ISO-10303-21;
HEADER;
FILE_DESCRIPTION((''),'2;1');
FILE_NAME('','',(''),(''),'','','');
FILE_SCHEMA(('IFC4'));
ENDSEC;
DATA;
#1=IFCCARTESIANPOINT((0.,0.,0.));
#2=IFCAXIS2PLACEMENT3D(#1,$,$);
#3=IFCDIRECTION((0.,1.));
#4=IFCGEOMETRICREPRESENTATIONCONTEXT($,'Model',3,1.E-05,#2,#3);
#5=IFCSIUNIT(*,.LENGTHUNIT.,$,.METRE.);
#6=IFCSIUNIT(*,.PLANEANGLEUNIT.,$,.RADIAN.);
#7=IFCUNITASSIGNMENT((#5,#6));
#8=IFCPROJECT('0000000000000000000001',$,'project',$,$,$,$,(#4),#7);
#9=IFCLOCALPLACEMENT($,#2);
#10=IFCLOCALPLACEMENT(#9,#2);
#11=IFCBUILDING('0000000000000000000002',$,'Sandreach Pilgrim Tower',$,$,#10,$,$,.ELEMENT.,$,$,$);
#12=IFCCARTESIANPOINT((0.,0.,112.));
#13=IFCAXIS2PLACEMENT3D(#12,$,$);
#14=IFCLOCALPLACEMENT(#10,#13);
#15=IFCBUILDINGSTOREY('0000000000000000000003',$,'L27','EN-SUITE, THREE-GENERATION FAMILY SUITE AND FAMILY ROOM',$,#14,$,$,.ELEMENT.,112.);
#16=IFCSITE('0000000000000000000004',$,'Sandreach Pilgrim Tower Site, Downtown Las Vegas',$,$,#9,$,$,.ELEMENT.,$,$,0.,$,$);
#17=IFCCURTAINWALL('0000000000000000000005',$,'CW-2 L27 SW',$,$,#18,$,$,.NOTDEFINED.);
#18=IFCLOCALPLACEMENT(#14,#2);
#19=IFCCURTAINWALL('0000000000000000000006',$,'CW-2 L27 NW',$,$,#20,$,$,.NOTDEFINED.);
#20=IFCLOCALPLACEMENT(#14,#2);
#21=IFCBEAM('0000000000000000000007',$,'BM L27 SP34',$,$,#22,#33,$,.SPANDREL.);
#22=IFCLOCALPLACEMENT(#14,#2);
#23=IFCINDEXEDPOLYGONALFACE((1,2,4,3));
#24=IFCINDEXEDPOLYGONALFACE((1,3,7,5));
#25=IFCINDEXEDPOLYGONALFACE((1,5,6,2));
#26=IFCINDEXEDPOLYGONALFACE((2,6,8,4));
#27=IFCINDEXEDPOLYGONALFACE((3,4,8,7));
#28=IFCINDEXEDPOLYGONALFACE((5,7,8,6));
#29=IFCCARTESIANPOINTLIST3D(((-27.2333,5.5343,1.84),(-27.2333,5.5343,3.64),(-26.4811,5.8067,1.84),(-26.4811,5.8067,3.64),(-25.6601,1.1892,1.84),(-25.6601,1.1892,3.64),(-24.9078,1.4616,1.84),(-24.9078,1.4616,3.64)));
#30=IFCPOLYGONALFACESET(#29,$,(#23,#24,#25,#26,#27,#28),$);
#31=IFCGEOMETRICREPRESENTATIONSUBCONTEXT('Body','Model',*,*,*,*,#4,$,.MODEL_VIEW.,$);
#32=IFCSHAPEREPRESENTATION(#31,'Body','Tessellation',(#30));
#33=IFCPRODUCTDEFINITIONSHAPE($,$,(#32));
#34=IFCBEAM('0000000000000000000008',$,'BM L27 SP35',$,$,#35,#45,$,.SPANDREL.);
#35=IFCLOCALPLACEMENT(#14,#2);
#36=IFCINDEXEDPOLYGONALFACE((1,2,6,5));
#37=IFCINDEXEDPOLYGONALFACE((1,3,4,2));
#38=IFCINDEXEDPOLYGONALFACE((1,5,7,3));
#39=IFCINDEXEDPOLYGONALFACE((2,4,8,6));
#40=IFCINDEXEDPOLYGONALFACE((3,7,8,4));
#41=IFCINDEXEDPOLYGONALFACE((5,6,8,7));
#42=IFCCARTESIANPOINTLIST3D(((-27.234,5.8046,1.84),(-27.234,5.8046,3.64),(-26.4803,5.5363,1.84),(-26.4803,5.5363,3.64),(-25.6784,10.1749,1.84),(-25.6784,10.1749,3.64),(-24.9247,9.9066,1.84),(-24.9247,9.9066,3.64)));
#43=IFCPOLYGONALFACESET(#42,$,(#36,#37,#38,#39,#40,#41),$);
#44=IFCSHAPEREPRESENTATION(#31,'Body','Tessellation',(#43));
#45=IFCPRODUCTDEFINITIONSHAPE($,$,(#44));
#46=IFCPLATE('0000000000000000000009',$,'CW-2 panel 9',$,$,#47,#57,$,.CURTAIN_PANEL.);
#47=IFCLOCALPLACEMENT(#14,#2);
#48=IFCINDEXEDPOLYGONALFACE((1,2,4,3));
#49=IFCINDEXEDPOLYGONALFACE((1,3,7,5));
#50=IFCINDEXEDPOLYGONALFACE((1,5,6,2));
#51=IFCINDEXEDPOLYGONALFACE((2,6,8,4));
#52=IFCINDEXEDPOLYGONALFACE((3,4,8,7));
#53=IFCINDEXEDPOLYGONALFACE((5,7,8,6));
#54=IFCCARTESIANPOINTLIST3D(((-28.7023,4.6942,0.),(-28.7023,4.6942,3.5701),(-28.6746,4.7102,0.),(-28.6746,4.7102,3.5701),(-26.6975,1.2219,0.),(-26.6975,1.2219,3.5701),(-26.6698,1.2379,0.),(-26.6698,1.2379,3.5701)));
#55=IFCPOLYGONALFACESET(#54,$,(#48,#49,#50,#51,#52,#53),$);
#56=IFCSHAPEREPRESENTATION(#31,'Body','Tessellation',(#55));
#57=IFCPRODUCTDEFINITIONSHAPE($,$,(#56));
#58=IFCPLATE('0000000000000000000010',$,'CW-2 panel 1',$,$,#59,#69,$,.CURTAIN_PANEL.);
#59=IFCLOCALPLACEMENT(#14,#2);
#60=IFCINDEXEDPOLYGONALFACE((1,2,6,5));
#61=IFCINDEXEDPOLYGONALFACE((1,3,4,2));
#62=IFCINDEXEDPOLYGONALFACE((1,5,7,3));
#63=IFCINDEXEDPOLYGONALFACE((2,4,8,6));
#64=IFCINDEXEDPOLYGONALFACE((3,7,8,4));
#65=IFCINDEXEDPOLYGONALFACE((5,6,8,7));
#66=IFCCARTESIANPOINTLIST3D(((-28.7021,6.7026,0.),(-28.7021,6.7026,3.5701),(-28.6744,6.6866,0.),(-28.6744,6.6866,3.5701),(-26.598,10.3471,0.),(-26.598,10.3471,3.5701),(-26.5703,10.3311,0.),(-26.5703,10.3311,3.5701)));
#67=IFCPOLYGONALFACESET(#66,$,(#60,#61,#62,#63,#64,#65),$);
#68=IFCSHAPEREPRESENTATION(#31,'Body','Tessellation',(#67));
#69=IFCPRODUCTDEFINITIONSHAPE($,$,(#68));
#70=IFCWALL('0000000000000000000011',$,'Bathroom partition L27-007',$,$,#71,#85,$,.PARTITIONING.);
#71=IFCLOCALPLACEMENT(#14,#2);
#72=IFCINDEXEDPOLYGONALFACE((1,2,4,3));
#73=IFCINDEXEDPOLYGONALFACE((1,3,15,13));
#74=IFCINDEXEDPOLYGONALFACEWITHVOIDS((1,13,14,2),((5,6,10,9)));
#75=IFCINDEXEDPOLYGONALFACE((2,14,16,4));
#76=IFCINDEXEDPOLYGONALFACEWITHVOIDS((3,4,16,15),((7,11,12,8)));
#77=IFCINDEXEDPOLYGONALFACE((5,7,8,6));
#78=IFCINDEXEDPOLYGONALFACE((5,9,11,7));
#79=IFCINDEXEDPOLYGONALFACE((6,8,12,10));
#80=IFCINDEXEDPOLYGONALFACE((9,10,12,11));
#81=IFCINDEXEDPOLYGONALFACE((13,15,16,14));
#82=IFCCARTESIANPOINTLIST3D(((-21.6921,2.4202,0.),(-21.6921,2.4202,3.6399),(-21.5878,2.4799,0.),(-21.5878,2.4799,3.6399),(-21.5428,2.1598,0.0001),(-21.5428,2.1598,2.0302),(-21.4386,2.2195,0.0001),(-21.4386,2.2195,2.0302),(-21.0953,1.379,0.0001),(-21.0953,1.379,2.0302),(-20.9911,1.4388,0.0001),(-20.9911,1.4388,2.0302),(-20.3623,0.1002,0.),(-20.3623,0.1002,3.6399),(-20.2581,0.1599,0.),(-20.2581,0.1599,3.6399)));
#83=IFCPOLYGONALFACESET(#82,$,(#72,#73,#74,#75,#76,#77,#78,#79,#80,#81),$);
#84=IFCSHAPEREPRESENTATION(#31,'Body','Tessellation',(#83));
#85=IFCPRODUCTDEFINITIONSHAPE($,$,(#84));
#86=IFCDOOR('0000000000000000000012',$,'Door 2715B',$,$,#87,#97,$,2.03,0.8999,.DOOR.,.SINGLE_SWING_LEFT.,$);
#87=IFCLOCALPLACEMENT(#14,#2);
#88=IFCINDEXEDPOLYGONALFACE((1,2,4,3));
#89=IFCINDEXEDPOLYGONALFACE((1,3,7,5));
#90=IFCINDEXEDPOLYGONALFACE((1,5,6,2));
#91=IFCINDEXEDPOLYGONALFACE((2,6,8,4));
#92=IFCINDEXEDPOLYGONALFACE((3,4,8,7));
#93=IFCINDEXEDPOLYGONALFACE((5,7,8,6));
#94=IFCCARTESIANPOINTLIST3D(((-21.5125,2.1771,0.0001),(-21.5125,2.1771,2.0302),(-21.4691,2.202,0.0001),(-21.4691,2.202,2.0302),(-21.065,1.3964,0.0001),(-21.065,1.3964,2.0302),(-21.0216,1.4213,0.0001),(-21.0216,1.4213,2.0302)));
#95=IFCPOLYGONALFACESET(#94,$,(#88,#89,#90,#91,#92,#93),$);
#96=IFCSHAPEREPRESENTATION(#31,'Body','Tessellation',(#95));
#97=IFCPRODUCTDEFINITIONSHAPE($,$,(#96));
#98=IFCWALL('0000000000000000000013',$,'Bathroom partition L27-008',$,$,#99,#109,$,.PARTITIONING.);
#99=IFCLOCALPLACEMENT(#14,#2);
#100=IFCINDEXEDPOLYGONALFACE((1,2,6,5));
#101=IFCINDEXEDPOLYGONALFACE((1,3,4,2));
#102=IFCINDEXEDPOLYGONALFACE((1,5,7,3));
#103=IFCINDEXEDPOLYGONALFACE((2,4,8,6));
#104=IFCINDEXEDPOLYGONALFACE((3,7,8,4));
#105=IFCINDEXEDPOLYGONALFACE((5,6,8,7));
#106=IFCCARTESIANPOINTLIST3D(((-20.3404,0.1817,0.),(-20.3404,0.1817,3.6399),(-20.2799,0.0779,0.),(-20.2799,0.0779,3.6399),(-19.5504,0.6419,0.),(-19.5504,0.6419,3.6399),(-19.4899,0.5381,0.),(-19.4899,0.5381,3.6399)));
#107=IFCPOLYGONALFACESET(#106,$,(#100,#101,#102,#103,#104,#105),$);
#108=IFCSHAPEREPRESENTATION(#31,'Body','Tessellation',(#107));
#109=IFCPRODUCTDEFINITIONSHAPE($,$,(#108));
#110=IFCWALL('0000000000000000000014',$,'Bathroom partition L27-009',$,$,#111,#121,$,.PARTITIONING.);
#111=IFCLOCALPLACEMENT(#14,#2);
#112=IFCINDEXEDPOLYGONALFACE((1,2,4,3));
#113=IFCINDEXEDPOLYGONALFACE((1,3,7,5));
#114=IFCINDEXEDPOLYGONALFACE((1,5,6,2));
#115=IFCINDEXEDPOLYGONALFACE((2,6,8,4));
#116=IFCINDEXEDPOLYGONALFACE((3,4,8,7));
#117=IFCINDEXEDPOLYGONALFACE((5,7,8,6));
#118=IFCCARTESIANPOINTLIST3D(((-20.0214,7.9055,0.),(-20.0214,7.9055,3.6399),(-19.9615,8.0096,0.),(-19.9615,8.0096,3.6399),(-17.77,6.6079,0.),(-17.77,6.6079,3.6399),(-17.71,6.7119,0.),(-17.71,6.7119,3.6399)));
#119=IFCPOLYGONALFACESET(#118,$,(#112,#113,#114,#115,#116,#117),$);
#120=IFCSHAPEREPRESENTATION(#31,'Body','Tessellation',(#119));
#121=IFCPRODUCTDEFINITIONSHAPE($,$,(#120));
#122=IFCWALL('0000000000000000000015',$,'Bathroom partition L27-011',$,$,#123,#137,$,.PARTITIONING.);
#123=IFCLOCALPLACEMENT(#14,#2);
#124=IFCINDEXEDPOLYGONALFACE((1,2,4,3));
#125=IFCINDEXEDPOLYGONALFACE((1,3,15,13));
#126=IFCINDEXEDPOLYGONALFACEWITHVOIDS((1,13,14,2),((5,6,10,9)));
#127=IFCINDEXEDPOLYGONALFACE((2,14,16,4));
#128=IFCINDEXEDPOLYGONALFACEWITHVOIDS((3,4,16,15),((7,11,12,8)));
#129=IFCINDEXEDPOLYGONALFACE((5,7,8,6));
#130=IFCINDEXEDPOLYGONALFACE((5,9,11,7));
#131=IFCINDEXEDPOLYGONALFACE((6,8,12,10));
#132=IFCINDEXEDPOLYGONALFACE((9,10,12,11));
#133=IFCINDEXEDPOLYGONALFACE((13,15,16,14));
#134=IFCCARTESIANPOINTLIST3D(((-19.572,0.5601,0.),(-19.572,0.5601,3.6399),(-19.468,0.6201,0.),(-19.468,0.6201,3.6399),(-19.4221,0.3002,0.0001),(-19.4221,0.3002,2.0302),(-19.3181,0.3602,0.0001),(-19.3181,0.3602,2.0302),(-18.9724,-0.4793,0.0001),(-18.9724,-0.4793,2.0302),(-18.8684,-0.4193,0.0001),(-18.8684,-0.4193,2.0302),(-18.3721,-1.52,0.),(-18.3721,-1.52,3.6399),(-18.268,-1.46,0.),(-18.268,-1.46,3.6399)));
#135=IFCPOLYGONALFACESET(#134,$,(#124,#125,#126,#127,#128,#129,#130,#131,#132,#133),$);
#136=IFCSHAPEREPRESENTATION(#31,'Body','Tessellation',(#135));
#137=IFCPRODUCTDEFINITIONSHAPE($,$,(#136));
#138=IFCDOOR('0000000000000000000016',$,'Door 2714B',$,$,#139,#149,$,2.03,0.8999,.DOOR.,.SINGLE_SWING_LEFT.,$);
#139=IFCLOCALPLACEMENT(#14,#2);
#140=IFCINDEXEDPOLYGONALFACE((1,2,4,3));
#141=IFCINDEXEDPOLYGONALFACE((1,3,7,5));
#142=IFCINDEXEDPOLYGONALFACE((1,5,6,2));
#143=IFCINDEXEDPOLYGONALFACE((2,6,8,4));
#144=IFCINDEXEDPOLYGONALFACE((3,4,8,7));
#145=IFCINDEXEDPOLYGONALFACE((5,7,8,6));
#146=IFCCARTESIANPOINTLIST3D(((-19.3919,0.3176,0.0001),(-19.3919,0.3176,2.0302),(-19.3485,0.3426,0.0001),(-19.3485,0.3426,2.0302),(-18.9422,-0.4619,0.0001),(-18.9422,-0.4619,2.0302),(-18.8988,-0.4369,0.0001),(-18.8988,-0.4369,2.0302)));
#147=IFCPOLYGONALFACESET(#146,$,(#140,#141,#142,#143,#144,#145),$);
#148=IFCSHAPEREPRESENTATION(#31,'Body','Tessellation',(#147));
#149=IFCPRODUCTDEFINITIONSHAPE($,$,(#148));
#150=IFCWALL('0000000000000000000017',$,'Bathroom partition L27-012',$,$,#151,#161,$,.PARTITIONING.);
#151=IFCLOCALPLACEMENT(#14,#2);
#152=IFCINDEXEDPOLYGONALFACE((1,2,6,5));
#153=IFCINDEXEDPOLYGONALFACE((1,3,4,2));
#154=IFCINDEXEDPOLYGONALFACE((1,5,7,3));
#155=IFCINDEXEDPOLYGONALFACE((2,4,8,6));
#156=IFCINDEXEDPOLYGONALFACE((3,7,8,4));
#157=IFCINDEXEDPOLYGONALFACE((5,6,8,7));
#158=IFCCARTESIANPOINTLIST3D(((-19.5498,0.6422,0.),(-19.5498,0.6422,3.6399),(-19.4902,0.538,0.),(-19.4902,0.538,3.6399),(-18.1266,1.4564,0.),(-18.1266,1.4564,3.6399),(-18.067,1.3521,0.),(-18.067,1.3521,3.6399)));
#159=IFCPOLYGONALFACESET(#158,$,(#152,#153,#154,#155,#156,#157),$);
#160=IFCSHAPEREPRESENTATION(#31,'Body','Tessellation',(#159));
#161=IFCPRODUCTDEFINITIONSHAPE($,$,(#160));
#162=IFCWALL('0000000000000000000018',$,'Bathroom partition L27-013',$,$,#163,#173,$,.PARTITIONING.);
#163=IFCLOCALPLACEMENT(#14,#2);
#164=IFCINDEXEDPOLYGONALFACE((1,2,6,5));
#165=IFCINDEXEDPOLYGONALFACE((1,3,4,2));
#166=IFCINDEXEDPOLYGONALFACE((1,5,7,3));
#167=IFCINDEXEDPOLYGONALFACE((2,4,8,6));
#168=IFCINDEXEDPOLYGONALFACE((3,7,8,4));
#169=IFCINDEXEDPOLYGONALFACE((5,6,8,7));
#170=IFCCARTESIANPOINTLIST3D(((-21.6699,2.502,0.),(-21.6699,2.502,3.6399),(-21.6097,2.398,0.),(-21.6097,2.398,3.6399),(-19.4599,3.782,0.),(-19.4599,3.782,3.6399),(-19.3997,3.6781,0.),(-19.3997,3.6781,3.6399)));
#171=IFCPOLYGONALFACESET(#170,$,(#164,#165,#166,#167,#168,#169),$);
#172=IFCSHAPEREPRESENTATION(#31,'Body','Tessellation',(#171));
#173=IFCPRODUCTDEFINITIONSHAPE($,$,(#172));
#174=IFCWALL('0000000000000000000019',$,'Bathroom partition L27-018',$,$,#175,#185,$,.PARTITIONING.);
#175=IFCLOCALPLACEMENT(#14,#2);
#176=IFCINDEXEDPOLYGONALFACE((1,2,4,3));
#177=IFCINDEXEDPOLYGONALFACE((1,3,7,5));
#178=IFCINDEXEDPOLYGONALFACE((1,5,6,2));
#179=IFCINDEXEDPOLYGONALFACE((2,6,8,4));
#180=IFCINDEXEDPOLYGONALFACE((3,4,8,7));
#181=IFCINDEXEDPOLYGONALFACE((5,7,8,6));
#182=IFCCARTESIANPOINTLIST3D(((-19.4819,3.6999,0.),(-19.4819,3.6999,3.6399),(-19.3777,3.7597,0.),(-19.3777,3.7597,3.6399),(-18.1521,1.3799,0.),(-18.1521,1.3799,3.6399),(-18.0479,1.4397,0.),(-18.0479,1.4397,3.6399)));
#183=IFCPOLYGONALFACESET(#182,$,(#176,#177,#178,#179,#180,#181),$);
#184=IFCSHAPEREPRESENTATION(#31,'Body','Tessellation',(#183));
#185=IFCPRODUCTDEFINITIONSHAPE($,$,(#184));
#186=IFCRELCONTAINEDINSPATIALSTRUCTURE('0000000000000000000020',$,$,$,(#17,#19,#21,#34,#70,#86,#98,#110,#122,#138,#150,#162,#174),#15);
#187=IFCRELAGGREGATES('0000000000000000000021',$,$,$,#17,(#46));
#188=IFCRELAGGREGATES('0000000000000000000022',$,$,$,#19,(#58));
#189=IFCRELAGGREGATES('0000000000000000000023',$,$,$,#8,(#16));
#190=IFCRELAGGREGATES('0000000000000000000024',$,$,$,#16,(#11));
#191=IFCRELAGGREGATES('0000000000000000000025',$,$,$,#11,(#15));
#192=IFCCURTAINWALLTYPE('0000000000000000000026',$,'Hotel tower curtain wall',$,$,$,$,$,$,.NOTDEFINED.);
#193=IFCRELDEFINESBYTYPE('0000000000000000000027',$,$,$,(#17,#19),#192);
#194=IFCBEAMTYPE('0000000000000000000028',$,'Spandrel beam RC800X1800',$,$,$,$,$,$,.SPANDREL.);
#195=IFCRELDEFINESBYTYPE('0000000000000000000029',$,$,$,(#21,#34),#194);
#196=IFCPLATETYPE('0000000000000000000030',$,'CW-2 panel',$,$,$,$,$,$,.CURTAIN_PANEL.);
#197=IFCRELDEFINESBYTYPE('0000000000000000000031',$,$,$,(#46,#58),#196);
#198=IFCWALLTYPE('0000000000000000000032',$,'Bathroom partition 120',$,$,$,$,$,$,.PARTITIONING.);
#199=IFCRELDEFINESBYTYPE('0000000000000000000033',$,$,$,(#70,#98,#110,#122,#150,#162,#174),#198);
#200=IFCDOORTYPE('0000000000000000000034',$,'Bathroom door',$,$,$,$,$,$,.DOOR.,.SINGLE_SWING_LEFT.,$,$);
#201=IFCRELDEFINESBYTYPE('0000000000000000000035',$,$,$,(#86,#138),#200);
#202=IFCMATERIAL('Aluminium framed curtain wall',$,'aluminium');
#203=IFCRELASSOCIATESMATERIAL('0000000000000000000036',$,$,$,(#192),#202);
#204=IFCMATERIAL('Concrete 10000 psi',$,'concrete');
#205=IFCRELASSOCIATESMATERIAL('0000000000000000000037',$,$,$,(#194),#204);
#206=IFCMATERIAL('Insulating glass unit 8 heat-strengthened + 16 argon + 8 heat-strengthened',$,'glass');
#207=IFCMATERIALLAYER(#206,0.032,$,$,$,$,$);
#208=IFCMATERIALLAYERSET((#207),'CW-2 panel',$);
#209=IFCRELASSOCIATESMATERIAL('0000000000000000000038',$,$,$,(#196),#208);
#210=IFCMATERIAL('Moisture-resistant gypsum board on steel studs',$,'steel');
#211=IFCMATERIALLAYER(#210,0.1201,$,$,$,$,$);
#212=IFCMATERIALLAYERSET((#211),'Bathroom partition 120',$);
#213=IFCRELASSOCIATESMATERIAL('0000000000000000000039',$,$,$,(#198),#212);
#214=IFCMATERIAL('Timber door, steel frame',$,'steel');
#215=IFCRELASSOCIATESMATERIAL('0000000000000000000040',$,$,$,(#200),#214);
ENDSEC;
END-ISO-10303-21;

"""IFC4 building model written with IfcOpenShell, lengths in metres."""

from ifc_helpers import new_model, si_unit, direction, frame, frame_2d, origin, origin_2d, place, context, subcontext, project, spatial, rectangle, extrude, material, layer, layer_set, material_profile, profile_set, type_object, element, fill, aggregate, save


model = new_model("IFC4")

# Units and contexts
model_context = context("Model", 3, precision=1e-05, world=origin(), true_north=direction((0.0, 1.0)))
body_context = subcontext(model_context, "Body", "Model", "MODEL_VIEW")
ifc_project = project(units=[si_unit("LENGTHUNIT", "METRE"), si_unit("PLANEANGLEUNIT", "RADIAN")], contexts=[model_context])

# Site, building, storey
site_placement = place(None, origin())
site = spatial("IfcSite", under=ifc_project, at=site_placement, Name="Sandreach Pilgrim Tower Site, Downtown Las Vegas", CompositionType="ELEMENT", RefElevation=0.0)
building_placement = place(site_placement, origin())
building = spatial("IfcBuilding", under=site, at=building_placement, Name="Sandreach Pilgrim Tower", CompositionType="ELEMENT")
storey_placement = place(building_placement, frame((0.0, 0.0, 112.0)))
storey = spatial("IfcBuildingStorey", under=building, at=storey_placement, Name="L27", Description="EN-SUITE, THREE-GENERATION FAMILY SUITE AND FAMILY ROOM", CompositionType="ELEMENT", Elevation=112.0)

# Curtain wall
ifc_material_1 = material(Name="Aluminium framed curtain wall", Category="aluminium")
curtain_wall_type = type_object("IfcCurtainWallType", Name="Hotel tower curtain wall", PredefinedType="NOTDEFINED", material=ifc_material_1)
curtain_wall_1_placement = place(storey_placement, origin())
curtain_wall_1 = element("IfcCurtainWall", 1, at=curtain_wall_1_placement, inside=storey, type_object=curtain_wall_type, Name="CW-2 L27 SW", PredefinedType="NOTDEFINED")

# Curtain wall
curtain_wall_2_placement = place(storey_placement, origin())
curtain_wall_2 = element("IfcCurtainWall", 2, at=curtain_wall_2_placement, inside=storey, type_object=curtain_wall_type, Name="CW-2 L27 NW", PredefinedType="NOTDEFINED")

# Beams
ifc_material_2 = material(Name="Concrete 10000 psi", Category="concrete")
ifc_material_profile_1 = material_profile(ifc_material_2, rectangle(XDim=0.8, YDim=1.8, at=origin_2d()), Name="RC800X1800")
ifc_profile_set_1 = profile_set([ifc_material_profile_1], Name="Concrete 10000 psi")
beam_type_1 = type_object("IfcBeamType", Name="Spandrel beam RC800X1800", PredefinedType="SPANDREL", material=ifc_profile_set_1)
beam_1_placement = place(storey_placement, frame((-25.2839, 1.3254, 2.74), z_axis=(-0.340453, 0.940261, 0.0), x_axis=(-0.940261, -0.340453, 0.0)))
element("IfcBeam", 3, at=beam_1_placement, inside=storey, type_object=beam_type_1, Name="BM L27 SP34", PredefinedType="SPANDREL", context=body_context, shape_type="SweptSolid", body=[
    extrude(rectangle(XDim=0.8, YDim=1.8, at=origin_2d()), origin(), (0.0, 0.0, 1.0), 4.6211),
])
beam_2_placement = place(storey_placement, frame((-26.8572, 5.6704, 2.74), z_axis=(0.335346, 0.942095, 0.0), x_axis=(-0.942095, 0.335346, 0.0)))
element("IfcBeam", 4, at=beam_2_placement, inside=storey, type_object=beam_type_1, Name="BM L27 SP35", PredefinedType="SPANDREL", context=body_context, shape_type="SweptSolid", body=[
    extrude(rectangle(XDim=0.8, YDim=1.8, at=origin_2d()), origin(), (0.0, 0.0, 1.0), 4.6389),
])

# Plates
ifc_material_3 = material(Name="Insulating glass unit 8 heat-strengthened + 16 argon + 8 heat-strengthened", Category="glass")
ifc_layer_1 = layer(ifc_material_3, 0.032)
ifc_layer_set_1 = layer_set([ifc_layer_1], Name="CW-2 panel")
plate_type = type_object("IfcPlateType", Name="CW-2 panel", PredefinedType="CURTAIN_PANEL", material=ifc_layer_set_1)
plate_1_placement = place(storey_placement, frame((-27.686, 2.9661, 0.0), z_axis=(0.0, 0.0, 1.0), x_axis=(-0.5, 0.866025, 0.0)))
plate_1 = element("IfcPlate", 5, at=plate_1_placement, type_object=plate_type, Name="CW-2 panel 9", PredefinedType="CURTAIN_PANEL", context=body_context, shape_type="SweptSolid", body=[
    extrude(rectangle(XDim=4.0095, YDim=0.032, at=origin_2d()), origin(), (0.0, 0.0, 1.0), 3.5701),
])
aggregate(curtain_wall_1, [plate_1])
plate_2_placement = place(storey_placement, frame((-27.6362, 8.5168, 0.0), z_axis=(0.0, 0.0, 1.0), x_axis=(0.5, 0.866025, 0.0)))
plate_2 = element("IfcPlate", 6, at=plate_2_placement, type_object=plate_type, Name="CW-2 panel 1", PredefinedType="CURTAIN_PANEL", context=body_context, shape_type="SweptSolid", body=[
    extrude(rectangle(XDim=4.2083, YDim=0.032, at=origin_2d()), origin(), (0.0, 0.0, 1.0), 3.5701),
])
aggregate(curtain_wall_2, [plate_2])

# Wall, opening, door
ifc_material_4 = material(Name="Moisture-resistant gypsum board on steel studs", Category="steel")
ifc_layer_2 = layer(ifc_material_4, 0.1201)
ifc_layer_set_2 = layer_set([ifc_layer_2], Name="Bathroom partition 120")
wall_type_1 = type_object("IfcWallType", Name="Bathroom partition 120", PredefinedType="PARTITIONING", material=ifc_layer_set_2)
wall_1_placement = place(storey_placement, frame((-21.6399, 2.45, 0.0), z_axis=(0.0, 0.0, 1.0), x_axis=(0.497289, -0.867585, 0.0)))
wall_1 = element("IfcWall", 7, at=wall_1_placement, inside=storey, type_object=wall_type_1, Name="Bathroom partition L27-007", PredefinedType="PARTITIONING", context=body_context, shape_type="SweptSolid", body=[
    extrude(rectangle(XDim=2.6741, YDim=0.1201, at=frame_2d((1.3369, 0.0))), origin(), (0.0, 0.0, 1.0), 3.6399),
])
opening_1_placement = place(wall_1_placement, frame((0.3, 0.0, 0.0)))
opening_1 = element("IfcOpeningElement", 8, at=opening_1_placement, cuts=wall_1, PredefinedType="OPENING", context=body_context, shape_type="SweptSolid", body=[
    extrude(rectangle(XDim=0.8999, YDim=2.03, at=frame_2d((0.45, 1.0151))), frame((0.0, 0.0601, 0.0), z_axis=(0.0, -1.0, 0.0), x_axis=(1.0, 0.0, 0.0)), (0.0, 0.0, 1.0), 0.1201),
])
ifc_material_5 = material(Name="Timber door, steel frame", Category="steel")
door_type_1 = type_object("IfcDoorType", Name="Bathroom door", OperationType="SINGLE_SWING_LEFT", PredefinedType="DOOR", material=ifc_material_5)
door_1_placement = place(opening_1_placement, origin())
door_1 = element("IfcDoor", 9, at=door_1_placement, inside=storey, type_object=door_type_1, Name="Door 2715B", OperationType="SINGLE_SWING_LEFT", OverallHeight=2.03, OverallWidth=0.8999, PredefinedType="DOOR", context=body_context, shape_type="SweptSolid", body=[
    extrude(rectangle(XDim=0.8999, YDim=2.03, at=frame_2d((0.45, 1.0151))), frame((0.0, 0.0249, 0.0), z_axis=(0.0, -1.0, 0.0), x_axis=(1.0, 0.0, 0.0)), (0.0, 0.0, 1.0), 0.05),
])
fill(opening_1, door_1)

# Walls
wall_2_placement = place(storey_placement, frame((-20.3101, 0.1299, 0.0), z_axis=(0.0, 0.0, 1.0), x_axis=(0.864089, 0.50334, 0.0)))
element("IfcWall", 10, at=wall_2_placement, inside=storey, type_object=wall_type_1, Name="Bathroom partition L27-008", PredefinedType="PARTITIONING", context=body_context, shape_type="SweptSolid", body=[
    extrude(rectangle(XDim=0.9143, YDim=0.1201, at=frame_2d((0.457, 0.0))), origin(), (0.0, 0.0, 1.0), 3.6399),
])
wall_3_placement = place(storey_placement, frame((-19.9915, 7.9575, 0.0), z_axis=(0.0, 0.0, 1.0), x_axis=(0.866404, -0.499343, 0.0)))
element("IfcWall", 11, at=wall_3_placement, inside=storey, type_object=wall_type_1, Name="Bathroom partition L27-009", PredefinedType="PARTITIONING", context=body_context, shape_type="SweptSolid", body=[
    extrude(rectangle(XDim=2.5986, YDim=0.1201, at=frame_2d((1.2993, 0.0))), origin(), (0.0, 0.0, 1.0), 3.6399),
])

# Wall, opening, door
wall_4_placement = place(storey_placement, frame((-19.52, 0.5901, 0.0), z_axis=(0.0, 0.0, 1.0), x_axis=(0.499693, -0.866203, 0.0)))
wall_4 = element("IfcWall", 12, at=wall_4_placement, inside=storey, type_object=wall_type_1, Name="Bathroom partition L27-011", PredefinedType="PARTITIONING", context=body_context, shape_type="SweptSolid", body=[
    extrude(rectangle(XDim=2.4014, YDim=0.1201, at=frame_2d((1.2007, 0.0))), origin(), (0.0, 0.0, 1.0), 3.6399),
])
opening_2_placement = place(wall_4_placement, frame((0.3, 0.0, 0.0)))
opening_2 = element("IfcOpeningElement", 13, at=opening_2_placement, cuts=wall_4, PredefinedType="OPENING", context=body_context, shape_type="SweptSolid", body=[
    extrude(rectangle(XDim=0.8999, YDim=2.03, at=frame_2d((0.45, 1.0151))), frame((0.0, 0.0601, 0.0), z_axis=(0.0, -1.0, 0.0), x_axis=(1.0, 0.0, 0.0)), (0.0, 0.0, 1.0), 0.1201),
])
door_2_placement = place(opening_2_placement, origin())
door_2 = element("IfcDoor", 14, at=door_2_placement, inside=storey, type_object=door_type_1, Name="Door 2714B", OperationType="SINGLE_SWING_LEFT", OverallHeight=2.03, OverallWidth=0.8999, PredefinedType="DOOR", context=body_context, shape_type="SweptSolid", body=[
    extrude(rectangle(XDim=0.8999, YDim=2.03, at=frame_2d((0.45, 1.0151))), frame((0.0, 0.0249, 0.0), z_axis=(0.0, -1.0, 0.0), x_axis=(1.0, 0.0, 0.0)), (0.0, 0.0, 1.0), 0.05),
])
fill(opening_2, door_2)

# Walls
wall_5_placement = place(storey_placement, frame((-19.52, 0.5901, 0.0), z_axis=(0.0, 0.0, 1.0), x_axis=(0.868014, 0.49654, 0.0)))
element("IfcWall", 15, at=wall_5_placement, inside=storey, type_object=wall_type_1, Name="Bathroom partition L27-012", PredefinedType="PARTITIONING", context=body_context, shape_type="SweptSolid", body=[
    extrude(rectangle(XDim=1.6396, YDim=0.1201, at=frame_2d((0.8198, 0.0))), origin(), (0.0, 0.0, 1.0), 3.6399),
])
wall_6_placement = place(storey_placement, frame((-19.4299, 3.73, 0.0), z_axis=(0.0, 0.0, 1.0), x_axis=(-0.865328, -0.501206, 0.0)))
element("IfcWall", 16, at=wall_6_placement, inside=storey, type_object=wall_type_1, Name="Bathroom partition L27-013", PredefinedType="PARTITIONING", context=body_context, shape_type="SweptSolid", body=[
    extrude(rectangle(XDim=2.554, YDim=0.1201, at=frame_2d((1.2769, 0.0))), origin(), (0.0, 0.0, 1.0), 3.6399),
])
wall_7_placement = place(storey_placement, frame((-18.1001, 1.4099, 0.0), z_axis=(0.0, 0.0, 1.0), x_axis=(-0.497289, 0.867585, 0.0)))
element("IfcWall", 17, at=wall_7_placement, inside=storey, type_object=wall_type_1, Name="Bathroom partition L27-018", PredefinedType="PARTITIONING", context=body_context, shape_type="SweptSolid", body=[
    extrude(rectangle(XDim=2.6741, YDim=0.1201, at=frame_2d((1.3369, 0.0))), origin(), (0.0, 0.0, 1.0), 3.6399),
])

save(model, "model.ifc")
